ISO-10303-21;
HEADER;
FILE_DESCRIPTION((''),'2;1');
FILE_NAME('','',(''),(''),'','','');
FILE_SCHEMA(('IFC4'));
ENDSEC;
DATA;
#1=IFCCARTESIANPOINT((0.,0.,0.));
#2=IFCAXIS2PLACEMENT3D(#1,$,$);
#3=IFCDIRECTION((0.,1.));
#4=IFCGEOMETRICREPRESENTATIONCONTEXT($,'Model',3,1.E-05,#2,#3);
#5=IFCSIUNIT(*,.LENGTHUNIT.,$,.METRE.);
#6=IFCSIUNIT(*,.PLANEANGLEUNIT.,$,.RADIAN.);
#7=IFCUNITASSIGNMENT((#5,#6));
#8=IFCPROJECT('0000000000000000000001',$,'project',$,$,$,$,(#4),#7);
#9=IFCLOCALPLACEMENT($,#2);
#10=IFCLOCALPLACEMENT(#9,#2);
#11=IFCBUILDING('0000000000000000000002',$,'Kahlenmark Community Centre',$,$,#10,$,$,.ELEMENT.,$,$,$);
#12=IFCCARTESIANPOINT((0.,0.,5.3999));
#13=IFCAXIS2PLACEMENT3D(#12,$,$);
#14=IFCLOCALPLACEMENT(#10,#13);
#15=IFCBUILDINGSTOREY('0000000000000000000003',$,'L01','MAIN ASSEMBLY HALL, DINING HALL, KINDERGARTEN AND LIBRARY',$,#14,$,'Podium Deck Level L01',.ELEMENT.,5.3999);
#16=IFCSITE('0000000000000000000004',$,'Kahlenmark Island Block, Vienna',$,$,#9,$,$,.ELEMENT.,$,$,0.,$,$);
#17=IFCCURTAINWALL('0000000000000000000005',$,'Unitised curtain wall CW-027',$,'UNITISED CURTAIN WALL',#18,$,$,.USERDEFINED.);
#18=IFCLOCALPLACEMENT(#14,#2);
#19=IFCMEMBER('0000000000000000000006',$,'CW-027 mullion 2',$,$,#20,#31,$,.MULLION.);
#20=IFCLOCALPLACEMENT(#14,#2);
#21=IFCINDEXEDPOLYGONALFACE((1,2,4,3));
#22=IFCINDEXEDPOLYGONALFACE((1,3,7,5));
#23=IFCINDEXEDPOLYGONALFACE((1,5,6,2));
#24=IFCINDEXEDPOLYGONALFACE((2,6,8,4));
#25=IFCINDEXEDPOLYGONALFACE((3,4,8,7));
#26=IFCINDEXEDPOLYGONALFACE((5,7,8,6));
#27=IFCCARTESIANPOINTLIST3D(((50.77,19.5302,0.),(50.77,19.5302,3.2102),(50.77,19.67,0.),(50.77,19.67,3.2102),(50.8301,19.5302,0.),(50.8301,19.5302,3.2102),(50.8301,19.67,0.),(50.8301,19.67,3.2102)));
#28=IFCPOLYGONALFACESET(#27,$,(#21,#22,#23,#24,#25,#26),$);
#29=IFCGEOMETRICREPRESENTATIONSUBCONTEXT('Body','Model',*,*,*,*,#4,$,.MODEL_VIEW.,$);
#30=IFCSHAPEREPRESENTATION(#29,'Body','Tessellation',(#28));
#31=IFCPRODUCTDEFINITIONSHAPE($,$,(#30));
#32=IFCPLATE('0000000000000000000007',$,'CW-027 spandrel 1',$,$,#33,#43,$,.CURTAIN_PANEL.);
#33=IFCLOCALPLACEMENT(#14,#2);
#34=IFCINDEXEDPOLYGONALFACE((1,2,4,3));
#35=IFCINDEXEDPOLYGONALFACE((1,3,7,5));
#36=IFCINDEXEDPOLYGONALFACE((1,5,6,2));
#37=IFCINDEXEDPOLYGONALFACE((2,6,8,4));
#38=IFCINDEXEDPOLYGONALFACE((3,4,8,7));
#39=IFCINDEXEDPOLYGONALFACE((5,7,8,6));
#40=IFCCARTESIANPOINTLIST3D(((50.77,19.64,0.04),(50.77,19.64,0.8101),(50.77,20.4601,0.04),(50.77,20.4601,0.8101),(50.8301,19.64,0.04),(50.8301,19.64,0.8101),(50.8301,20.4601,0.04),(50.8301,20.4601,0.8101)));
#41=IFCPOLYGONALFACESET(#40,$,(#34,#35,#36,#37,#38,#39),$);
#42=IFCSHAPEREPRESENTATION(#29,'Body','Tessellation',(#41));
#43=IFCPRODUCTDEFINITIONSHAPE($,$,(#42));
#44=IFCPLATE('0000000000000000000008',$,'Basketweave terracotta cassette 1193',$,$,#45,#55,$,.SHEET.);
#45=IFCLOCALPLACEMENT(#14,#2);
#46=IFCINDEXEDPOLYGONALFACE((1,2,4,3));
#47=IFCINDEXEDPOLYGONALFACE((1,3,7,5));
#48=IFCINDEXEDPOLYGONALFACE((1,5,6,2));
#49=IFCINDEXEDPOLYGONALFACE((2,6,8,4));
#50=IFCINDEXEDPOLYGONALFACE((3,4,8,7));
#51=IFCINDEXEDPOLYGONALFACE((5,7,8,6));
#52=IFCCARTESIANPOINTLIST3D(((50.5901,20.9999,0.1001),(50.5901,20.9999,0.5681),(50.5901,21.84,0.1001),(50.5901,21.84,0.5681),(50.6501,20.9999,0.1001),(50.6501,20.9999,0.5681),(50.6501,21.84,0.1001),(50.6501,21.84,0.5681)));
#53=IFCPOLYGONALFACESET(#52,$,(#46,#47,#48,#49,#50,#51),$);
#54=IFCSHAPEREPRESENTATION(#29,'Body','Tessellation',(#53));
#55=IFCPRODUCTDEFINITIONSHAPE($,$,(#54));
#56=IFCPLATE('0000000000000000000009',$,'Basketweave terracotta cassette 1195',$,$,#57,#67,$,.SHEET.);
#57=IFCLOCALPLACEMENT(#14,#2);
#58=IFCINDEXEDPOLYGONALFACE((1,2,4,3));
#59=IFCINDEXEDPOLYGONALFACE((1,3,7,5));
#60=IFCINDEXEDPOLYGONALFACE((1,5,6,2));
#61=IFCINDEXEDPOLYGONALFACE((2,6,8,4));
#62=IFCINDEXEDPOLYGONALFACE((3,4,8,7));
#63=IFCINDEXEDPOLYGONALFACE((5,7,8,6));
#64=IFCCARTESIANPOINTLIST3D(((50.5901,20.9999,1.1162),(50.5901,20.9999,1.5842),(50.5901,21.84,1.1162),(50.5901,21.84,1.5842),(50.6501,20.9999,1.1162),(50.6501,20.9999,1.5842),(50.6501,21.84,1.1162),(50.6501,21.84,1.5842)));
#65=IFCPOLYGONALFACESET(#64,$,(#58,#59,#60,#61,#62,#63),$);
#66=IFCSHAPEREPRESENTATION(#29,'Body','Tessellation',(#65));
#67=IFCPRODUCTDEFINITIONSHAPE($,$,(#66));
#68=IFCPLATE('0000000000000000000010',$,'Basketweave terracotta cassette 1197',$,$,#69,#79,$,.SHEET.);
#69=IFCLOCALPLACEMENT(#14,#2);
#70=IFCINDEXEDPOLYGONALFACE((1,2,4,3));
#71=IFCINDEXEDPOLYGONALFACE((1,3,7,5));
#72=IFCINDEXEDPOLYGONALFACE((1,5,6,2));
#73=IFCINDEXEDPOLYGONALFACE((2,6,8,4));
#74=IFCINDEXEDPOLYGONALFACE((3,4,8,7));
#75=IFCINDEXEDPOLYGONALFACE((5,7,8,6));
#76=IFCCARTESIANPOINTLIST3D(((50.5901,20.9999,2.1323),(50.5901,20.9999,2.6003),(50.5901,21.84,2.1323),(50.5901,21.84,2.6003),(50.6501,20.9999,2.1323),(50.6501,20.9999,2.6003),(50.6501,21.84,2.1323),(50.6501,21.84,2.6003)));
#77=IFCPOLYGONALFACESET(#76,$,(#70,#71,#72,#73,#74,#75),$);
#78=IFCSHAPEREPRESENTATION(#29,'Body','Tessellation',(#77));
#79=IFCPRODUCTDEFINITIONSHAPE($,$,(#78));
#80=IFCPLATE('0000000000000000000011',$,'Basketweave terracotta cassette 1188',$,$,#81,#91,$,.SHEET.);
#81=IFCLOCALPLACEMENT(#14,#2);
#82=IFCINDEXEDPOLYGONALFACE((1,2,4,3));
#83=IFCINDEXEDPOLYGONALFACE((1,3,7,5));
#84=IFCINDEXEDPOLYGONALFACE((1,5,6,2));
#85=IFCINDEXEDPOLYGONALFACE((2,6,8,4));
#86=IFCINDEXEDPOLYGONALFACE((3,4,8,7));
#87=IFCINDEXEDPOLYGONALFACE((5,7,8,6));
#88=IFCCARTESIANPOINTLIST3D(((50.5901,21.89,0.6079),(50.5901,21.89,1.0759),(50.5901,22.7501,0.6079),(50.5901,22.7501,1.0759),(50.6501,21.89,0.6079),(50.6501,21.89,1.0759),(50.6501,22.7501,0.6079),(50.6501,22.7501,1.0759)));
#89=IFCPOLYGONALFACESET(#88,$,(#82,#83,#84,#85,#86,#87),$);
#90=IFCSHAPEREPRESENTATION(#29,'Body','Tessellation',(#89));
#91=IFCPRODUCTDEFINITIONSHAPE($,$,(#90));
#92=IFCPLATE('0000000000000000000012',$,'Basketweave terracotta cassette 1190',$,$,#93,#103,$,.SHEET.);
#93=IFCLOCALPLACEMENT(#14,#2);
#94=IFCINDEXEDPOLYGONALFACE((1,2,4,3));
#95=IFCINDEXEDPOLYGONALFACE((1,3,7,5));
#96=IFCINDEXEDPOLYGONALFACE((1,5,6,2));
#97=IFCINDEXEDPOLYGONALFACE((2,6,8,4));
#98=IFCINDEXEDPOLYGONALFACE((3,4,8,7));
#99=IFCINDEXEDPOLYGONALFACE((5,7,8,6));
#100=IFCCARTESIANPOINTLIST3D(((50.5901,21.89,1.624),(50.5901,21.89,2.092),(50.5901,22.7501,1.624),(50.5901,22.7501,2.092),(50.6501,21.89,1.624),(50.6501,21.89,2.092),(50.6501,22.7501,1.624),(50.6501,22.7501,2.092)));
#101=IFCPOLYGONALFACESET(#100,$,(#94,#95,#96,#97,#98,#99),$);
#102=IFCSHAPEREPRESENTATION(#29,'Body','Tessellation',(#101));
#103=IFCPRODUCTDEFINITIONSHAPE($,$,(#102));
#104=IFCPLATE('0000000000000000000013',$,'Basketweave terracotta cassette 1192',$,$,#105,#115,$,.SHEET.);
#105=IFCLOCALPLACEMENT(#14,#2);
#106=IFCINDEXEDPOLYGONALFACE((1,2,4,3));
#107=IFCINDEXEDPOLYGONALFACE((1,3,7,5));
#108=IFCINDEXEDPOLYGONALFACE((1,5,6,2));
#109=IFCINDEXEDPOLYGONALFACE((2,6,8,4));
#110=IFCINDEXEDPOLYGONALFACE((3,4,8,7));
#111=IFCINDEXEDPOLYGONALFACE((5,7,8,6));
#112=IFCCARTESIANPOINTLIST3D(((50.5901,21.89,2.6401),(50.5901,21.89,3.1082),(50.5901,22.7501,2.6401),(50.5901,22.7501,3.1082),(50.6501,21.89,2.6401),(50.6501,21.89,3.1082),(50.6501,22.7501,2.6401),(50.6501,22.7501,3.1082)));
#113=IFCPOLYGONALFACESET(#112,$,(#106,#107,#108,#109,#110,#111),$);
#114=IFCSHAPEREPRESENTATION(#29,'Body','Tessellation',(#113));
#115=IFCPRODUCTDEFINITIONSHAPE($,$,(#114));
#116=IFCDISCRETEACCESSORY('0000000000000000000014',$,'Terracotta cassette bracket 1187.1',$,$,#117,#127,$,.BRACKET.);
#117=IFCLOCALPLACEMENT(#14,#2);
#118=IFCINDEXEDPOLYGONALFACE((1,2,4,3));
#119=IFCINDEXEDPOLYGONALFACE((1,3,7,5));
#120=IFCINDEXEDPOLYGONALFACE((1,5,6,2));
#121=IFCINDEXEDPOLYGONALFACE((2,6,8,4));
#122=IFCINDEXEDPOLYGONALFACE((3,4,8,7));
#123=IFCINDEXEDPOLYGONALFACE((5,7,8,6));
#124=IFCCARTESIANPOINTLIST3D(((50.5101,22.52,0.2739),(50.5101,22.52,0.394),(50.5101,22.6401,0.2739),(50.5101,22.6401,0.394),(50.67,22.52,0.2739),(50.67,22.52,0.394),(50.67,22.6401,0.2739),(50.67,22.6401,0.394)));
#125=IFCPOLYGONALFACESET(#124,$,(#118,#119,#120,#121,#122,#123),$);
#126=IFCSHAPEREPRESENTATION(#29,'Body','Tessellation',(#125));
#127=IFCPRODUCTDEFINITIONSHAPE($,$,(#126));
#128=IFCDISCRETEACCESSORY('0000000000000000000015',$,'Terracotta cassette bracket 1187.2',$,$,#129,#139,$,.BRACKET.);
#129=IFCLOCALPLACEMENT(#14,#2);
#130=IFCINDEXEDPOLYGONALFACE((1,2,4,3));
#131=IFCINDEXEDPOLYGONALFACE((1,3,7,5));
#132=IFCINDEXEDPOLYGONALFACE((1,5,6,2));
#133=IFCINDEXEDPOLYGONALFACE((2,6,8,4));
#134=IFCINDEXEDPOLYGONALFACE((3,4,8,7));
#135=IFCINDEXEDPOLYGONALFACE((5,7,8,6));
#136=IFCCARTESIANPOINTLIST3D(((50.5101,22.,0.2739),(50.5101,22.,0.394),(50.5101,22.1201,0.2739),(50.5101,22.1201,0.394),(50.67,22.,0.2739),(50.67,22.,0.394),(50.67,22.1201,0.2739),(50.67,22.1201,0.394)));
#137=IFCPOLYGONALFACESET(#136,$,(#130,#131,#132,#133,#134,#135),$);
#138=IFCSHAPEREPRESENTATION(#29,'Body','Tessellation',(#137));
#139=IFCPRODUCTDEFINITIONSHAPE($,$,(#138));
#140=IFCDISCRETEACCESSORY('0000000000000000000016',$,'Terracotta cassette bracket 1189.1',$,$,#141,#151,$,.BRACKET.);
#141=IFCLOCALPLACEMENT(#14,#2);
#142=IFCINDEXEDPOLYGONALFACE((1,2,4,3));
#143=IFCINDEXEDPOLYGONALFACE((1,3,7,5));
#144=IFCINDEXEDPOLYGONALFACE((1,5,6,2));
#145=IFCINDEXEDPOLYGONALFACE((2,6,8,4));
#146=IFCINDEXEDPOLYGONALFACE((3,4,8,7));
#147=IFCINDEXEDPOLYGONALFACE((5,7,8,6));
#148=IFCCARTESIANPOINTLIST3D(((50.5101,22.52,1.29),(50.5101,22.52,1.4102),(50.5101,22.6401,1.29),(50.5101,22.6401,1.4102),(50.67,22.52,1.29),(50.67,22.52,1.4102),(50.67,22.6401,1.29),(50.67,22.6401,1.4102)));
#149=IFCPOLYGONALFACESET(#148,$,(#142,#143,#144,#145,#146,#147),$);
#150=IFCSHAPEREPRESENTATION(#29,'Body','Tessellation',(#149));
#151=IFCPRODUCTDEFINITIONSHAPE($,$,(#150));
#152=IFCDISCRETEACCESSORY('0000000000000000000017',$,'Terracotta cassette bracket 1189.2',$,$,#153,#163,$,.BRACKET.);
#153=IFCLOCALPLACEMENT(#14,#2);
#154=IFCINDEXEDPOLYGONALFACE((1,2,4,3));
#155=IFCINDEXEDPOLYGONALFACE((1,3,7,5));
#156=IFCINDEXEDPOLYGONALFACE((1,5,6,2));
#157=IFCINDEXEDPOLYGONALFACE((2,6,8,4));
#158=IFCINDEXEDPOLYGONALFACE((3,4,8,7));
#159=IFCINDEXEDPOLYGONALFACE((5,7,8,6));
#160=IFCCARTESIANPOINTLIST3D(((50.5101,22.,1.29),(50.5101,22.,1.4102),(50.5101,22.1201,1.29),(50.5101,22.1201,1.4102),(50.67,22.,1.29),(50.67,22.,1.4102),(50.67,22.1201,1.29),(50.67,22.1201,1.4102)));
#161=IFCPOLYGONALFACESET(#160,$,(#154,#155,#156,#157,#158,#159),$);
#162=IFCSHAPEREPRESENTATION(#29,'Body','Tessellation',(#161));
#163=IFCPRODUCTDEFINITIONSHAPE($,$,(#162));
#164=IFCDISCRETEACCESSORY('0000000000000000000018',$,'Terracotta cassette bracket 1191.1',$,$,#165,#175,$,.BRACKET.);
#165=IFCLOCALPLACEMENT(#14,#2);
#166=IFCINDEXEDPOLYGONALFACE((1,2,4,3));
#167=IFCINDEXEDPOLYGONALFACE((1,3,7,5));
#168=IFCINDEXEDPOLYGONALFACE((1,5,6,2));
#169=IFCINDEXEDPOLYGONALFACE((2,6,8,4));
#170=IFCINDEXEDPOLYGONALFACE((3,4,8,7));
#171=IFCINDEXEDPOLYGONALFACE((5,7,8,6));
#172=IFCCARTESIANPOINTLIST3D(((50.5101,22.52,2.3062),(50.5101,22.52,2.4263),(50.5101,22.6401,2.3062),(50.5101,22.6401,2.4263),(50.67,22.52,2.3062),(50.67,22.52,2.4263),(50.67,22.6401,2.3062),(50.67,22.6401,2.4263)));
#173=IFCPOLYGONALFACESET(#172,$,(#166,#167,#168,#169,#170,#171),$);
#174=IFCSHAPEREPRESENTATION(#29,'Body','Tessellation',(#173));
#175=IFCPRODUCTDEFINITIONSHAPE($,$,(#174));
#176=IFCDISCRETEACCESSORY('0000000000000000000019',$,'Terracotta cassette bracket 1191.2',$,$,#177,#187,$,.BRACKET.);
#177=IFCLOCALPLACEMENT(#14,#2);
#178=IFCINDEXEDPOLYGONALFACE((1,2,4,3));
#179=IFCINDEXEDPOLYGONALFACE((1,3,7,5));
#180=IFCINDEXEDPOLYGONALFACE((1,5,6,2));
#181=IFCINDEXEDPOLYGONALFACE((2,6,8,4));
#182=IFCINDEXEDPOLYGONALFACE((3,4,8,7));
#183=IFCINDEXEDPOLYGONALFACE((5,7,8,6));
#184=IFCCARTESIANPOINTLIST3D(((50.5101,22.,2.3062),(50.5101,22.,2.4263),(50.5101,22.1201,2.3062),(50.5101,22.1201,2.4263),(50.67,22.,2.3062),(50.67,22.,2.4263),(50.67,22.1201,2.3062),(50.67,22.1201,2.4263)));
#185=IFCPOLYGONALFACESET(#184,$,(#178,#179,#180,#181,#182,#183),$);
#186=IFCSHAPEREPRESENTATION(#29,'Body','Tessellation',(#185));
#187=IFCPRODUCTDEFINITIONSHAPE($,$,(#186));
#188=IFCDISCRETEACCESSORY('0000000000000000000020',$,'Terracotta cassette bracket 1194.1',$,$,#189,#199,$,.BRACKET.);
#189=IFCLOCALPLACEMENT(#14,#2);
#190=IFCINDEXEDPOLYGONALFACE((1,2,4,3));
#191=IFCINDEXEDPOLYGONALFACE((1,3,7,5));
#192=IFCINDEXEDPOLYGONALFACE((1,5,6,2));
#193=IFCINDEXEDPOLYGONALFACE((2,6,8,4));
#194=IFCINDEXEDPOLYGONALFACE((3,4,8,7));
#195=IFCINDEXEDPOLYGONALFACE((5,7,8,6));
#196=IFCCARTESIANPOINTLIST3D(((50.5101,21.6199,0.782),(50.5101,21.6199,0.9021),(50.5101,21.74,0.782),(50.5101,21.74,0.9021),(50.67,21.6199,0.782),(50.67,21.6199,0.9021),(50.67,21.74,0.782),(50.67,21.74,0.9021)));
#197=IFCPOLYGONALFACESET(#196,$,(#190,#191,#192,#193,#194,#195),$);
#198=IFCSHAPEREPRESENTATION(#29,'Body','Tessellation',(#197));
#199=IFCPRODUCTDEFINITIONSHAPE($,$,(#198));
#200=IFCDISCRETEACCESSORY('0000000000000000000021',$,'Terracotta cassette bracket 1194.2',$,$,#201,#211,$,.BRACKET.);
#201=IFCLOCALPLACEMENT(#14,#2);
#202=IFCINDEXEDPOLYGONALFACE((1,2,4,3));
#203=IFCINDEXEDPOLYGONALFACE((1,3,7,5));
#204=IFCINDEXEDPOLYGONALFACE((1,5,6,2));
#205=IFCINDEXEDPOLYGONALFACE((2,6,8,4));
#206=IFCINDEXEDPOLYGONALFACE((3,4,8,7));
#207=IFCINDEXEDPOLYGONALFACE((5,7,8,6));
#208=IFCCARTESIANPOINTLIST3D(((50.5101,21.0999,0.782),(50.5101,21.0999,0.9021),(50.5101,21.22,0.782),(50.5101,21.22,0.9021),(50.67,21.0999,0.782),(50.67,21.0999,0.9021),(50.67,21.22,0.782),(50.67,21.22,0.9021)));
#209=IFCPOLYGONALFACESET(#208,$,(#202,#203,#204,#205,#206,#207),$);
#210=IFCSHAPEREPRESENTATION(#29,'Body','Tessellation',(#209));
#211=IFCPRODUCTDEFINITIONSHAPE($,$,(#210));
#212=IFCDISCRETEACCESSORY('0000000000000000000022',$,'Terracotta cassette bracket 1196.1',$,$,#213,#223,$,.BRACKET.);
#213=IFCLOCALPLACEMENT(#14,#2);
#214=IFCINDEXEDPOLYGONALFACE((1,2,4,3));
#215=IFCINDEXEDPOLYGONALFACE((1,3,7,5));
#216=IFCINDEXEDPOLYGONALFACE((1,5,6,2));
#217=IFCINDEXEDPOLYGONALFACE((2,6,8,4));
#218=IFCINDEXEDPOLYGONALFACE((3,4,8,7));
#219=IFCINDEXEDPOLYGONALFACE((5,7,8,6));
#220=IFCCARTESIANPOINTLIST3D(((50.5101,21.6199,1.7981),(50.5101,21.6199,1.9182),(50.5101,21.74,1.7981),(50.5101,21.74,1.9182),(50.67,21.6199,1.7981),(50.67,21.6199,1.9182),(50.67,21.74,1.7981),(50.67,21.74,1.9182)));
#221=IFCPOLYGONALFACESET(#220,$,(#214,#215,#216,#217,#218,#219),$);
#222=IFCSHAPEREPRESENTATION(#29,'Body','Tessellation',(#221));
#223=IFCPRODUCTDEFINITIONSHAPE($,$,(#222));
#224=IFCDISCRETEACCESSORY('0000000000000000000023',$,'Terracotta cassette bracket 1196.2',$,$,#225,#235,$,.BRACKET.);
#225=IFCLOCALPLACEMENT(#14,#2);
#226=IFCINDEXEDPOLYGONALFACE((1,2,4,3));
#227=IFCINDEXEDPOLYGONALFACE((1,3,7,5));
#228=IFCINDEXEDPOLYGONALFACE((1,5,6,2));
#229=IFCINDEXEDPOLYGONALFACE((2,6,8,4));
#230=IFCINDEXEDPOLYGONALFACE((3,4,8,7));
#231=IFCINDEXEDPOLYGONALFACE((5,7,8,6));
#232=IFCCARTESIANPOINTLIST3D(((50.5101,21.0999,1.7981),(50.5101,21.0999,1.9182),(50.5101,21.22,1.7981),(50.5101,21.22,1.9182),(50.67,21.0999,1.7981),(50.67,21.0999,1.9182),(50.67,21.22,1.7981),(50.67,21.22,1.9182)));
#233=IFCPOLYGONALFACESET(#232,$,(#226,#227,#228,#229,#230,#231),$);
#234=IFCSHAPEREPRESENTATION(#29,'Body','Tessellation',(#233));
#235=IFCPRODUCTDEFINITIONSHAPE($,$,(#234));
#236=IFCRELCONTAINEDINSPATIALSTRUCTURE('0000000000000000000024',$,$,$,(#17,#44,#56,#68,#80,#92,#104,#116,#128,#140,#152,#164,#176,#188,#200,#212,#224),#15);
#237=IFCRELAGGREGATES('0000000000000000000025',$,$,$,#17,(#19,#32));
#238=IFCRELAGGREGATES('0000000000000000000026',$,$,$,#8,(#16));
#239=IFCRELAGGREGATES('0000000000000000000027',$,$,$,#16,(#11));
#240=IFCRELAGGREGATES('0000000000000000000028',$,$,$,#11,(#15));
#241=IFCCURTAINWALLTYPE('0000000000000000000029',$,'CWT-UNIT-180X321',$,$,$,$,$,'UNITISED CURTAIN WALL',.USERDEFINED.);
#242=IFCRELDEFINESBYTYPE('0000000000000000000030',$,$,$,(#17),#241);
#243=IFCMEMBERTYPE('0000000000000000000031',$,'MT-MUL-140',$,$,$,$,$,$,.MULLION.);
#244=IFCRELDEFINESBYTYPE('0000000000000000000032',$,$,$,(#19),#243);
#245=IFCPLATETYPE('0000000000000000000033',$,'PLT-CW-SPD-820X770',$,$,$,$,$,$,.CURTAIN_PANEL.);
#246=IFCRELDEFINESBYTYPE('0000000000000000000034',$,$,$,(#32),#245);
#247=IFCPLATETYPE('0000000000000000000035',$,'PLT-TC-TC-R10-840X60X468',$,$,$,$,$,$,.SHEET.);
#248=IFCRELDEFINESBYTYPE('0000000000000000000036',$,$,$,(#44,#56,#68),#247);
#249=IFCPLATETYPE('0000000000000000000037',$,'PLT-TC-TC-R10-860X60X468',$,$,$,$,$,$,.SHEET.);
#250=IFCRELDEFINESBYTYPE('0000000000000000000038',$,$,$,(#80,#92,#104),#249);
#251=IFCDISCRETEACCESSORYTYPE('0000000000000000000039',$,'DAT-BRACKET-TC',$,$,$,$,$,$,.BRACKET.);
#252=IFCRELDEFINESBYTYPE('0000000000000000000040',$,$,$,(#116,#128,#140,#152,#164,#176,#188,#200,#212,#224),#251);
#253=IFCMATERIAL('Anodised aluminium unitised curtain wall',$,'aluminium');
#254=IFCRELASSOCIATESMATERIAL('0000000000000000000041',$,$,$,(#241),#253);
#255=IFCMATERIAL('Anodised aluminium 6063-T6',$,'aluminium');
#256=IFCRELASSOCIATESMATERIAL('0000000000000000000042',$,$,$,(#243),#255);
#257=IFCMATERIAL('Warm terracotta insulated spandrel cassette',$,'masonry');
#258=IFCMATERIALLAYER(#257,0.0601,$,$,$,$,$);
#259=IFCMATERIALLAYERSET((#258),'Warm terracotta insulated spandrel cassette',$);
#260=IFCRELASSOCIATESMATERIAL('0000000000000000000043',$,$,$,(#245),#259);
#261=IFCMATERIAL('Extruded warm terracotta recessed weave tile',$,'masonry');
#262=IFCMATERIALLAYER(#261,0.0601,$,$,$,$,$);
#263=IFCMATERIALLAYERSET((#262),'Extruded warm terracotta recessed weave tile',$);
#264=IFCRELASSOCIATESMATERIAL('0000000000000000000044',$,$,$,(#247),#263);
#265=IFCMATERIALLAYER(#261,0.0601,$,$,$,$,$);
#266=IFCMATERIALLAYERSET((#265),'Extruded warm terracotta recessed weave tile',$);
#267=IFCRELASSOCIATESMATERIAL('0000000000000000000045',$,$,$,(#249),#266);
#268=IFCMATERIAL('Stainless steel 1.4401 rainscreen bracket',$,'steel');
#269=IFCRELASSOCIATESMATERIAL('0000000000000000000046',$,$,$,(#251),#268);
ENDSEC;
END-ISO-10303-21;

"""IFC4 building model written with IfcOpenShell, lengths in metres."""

from ifc_helpers import new_model, si_unit, direction, frame, origin, origin_2d, place, context, subcontext, project, spatial, rectangle, extrude, material, layer, layer_set, material_profile, profile_set, type_object, element, aggregate, save


model = new_model("IFC4")

# Units and contexts
model_context = context("Model", 3, precision=1e-05, world=origin(), true_north=direction((0.0, 1.0)))
body_context = subcontext(model_context, "Body", "Model", "MODEL_VIEW")
ifc_project = project(units=[si_unit("LENGTHUNIT", "METRE"), si_unit("PLANEANGLEUNIT", "RADIAN")], contexts=[model_context])

# Site, building, storey
site_placement = place(None, origin())
site = spatial("IfcSite", under=ifc_project, at=site_placement, Name="Kahlenmark Island Block, Vienna", CompositionType="ELEMENT", RefElevation=0.0)
building_placement = place(site_placement, origin())
building = spatial("IfcBuilding", under=site, at=building_placement, Name="Kahlenmark Community Centre", CompositionType="ELEMENT")
storey_placement = place(building_placement, frame((0.0, 0.0, 5.3999)))
storey = spatial("IfcBuildingStorey", under=building, at=storey_placement, Name="L01", Description="MAIN ASSEMBLY HALL, DINING HALL, KINDERGARTEN AND LIBRARY", LongName="Podium Deck Level L01", CompositionType="ELEMENT", Elevation=5.3999)

# Curtain wall, member, plate
ifc_material_1 = material(Name="Anodised aluminium unitised curtain wall", Category="aluminium")
curtain_wall_type = type_object("IfcCurtainWallType", Name="CWT-UNIT-180X321", ElementType="UNITISED CURTAIN WALL", PredefinedType="USERDEFINED", material=ifc_material_1)
curtain_wall_placement = place(storey_placement, origin())
curtain_wall = element("IfcCurtainWall", 1, at=curtain_wall_placement, inside=storey, type_object=curtain_wall_type, Name="Unitised curtain wall CW-027", ObjectType="UNITISED CURTAIN WALL", PredefinedType="USERDEFINED")
ifc_material_2 = material(Name="Anodised aluminium 6063-T6", Category="aluminium")
ifc_material_profile = material_profile(ifc_material_2, rectangle(XDim=0.0601, YDim=0.1399, at=origin_2d()), Name="ALU MULLION 60x140")
ifc_profile_set = profile_set([ifc_material_profile], Name="Anodised aluminium 6063-T6")
member_type = type_object("IfcMemberType", Name="MT-MUL-140", PredefinedType="MULLION", material=ifc_profile_set)
member_placement = place(storey_placement, frame((50.8, 19.6001, 0.0), z_axis=(0.0, 0.0, 1.0), x_axis=(1.0, 0.0, 0.0)))
member = element("IfcMember", 2, at=member_placement, type_object=member_type, Name="CW-027 mullion 2", PredefinedType="MULLION", context=body_context, shape_type="SweptSolid", body=[
    extrude(rectangle(XDim=0.0601, YDim=0.1399, at=origin_2d()), origin(), (0.0, 0.0, 1.0), 3.2102),
])
ifc_material_3 = material(Name="Warm terracotta insulated spandrel cassette", Category="masonry")
ifc_layer_1 = layer(ifc_material_3, 0.0601)
ifc_layer_set_1 = layer_set([ifc_layer_1], Name="Warm terracotta insulated spandrel cassette")
plate_type_1 = type_object("IfcPlateType", Name="PLT-CW-SPD-820X770", PredefinedType="CURTAIN_PANEL", material=ifc_layer_set_1)
plate_placement = place(storey_placement, frame((50.8, 20.05, 0.04), z_axis=(0.0, 0.0, 1.0), x_axis=(0.0, -1.0, 0.0)))
plate = element("IfcPlate", 3, at=plate_placement, type_object=plate_type_1, Name="CW-027 spandrel 1", PredefinedType="CURTAIN_PANEL", context=body_context, shape_type="SweptSolid", body=[
    extrude(rectangle(XDim=0.8201, YDim=0.0601, at=origin_2d()), origin(), (0.0, 0.0, 1.0), 0.77),
])
aggregate(curtain_wall, [member, plate])

# Plates
ifc_material_4 = material(Name="Extruded warm terracotta recessed weave tile", Category="masonry")
ifc_layer_2 = layer(ifc_material_4, 0.0601)
ifc_layer_set_2 = layer_set([ifc_layer_2], Name="Extruded warm terracotta recessed weave tile")
plate_type_2 = type_object("IfcPlateType", Name="PLT-TC-TC-R10-840X60X468", PredefinedType="SHEET", material=ifc_layer_set_2)
for number, where, z_axis, x_axis, name in (
    (4, (50.6201, 21.4199, 0.1001), (0.0, 0.0, 1.0), (0.0, -1.0, 0.0), "Basketweave terracotta cassette 1193"),
    (5, (50.6201, 21.4199, 1.1162), (0.0, 0.0, 1.0), (0.0, -1.0, 0.0), "Basketweave terracotta cassette 1195"),
    (6, (50.6201, 21.4199, 2.1323), (0.0, 0.0, 1.0), (0.0, -1.0, 0.0), "Basketweave terracotta cassette 1197"),
):
    element("IfcPlate", number, at=place(storey_placement, frame(where, z_axis=z_axis, x_axis=x_axis)), inside=storey, type_object=plate_type_2, Name=name, PredefinedType="SHEET", context=body_context, shape_type="SweptSolid", body=[
        extrude(rectangle(XDim=0.8401, YDim=0.0601, at=origin_2d()), origin(), (0.0, 0.0, 1.0), 0.468),
    ])
ifc_layer_3 = layer(ifc_material_4, 0.0601)
ifc_layer_set_3 = layer_set([ifc_layer_3], Name="Extruded warm terracotta recessed weave tile")
plate_type_3 = type_object("IfcPlateType", Name="PLT-TC-TC-R10-860X60X468", PredefinedType="SHEET", material=ifc_layer_set_3)
for number, where, z_axis, x_axis, name in (
    (7, (50.6201, 22.3201, 0.6079), (0.0, 0.0, 1.0), (0.0, -1.0, 0.0), "Basketweave terracotta cassette 1188"),
    (8, (50.6201, 22.3201, 1.624), (0.0, 0.0, 1.0), (0.0, -1.0, 0.0), "Basketweave terracotta cassette 1190"),
    (9, (50.6201, 22.3201, 2.6401), (0.0, 0.0, 1.0), (0.0, -1.0, 0.0), "Basketweave terracotta cassette 1192"),
):
    element("IfcPlate", number, at=place(storey_placement, frame(where, z_axis=z_axis, x_axis=x_axis)), inside=storey, type_object=plate_type_3, Name=name, PredefinedType="SHEET", context=body_context, shape_type="SweptSolid", body=[
        extrude(rectangle(XDim=0.8601, YDim=0.0601, at=origin_2d()), origin(), (0.0, 0.0, 1.0), 0.468),
    ])

# Discrete accessories
ifc_material_5 = material(Name="Stainless steel 1.4401 rainscreen bracket", Category="steel")
discrete_accessory_type = type_object("IfcDiscreteAccessoryType", Name="DAT-BRACKET-TC", PredefinedType="BRACKET", material=ifc_material_5)
for number, where, z_axis, x_axis, name in (
    (10, (50.5901, 22.5801, 0.2739), (0.0, 0.0, 1.0), (0.0, -1.0, 0.0), "Terracotta cassette bracket 1187.1"),
    (11, (50.5901, 22.0601, 0.2739), (0.0, 0.0, 1.0), (0.0, -1.0, 0.0), "Terracotta cassette bracket 1187.2"),
    (12, (50.5901, 22.5801, 1.29), (0.0, 0.0, 1.0), (0.0, -1.0, 0.0), "Terracotta cassette bracket 1189.1"),
    (13, (50.5901, 22.0601, 1.29), (0.0, 0.0, 1.0), (0.0, -1.0, 0.0), "Terracotta cassette bracket 1189.2"),
    (14, (50.5901, 22.5801, 2.3062), (0.0, 0.0, 1.0), (0.0, -1.0, 0.0), "Terracotta cassette bracket 1191.1"),
    (15, (50.5901, 22.0601, 2.3062), (0.0, 0.0, 1.0), (0.0, -1.0, 0.0), "Terracotta cassette bracket 1191.2"),
    (16, (50.5901, 21.6799, 0.782), (0.0, 0.0, 1.0), (0.0, -1.0, 0.0), "Terracotta cassette bracket 1194.1"),
    (17, (50.5901, 21.1599, 0.782), (0.0, 0.0, 1.0), (0.0, -1.0, 0.0), "Terracotta cassette bracket 1194.2"),
    (18, (50.5901, 21.6799, 1.7981), (0.0, 0.0, 1.0), (0.0, -1.0, 0.0), "Terracotta cassette bracket 1196.1"),
    (19, (50.5901, 21.1599, 1.7981), (0.0, 0.0, 1.0), (0.0, -1.0, 0.0), "Terracotta cassette bracket 1196.2"),
):
    element("IfcDiscreteAccessory", number, at=place(storey_placement, frame(where, z_axis=z_axis, x_axis=x_axis)), inside=storey, type_object=discrete_accessory_type, Name=name, PredefinedType="BRACKET", context=body_context, shape_type="SweptSolid", body=[
        extrude(rectangle(XDim=0.1201, YDim=0.1599, at=origin_2d()), origin(), (0.0, 0.0, 1.0), 0.1201),
    ])

save(model, "model.ifc")
